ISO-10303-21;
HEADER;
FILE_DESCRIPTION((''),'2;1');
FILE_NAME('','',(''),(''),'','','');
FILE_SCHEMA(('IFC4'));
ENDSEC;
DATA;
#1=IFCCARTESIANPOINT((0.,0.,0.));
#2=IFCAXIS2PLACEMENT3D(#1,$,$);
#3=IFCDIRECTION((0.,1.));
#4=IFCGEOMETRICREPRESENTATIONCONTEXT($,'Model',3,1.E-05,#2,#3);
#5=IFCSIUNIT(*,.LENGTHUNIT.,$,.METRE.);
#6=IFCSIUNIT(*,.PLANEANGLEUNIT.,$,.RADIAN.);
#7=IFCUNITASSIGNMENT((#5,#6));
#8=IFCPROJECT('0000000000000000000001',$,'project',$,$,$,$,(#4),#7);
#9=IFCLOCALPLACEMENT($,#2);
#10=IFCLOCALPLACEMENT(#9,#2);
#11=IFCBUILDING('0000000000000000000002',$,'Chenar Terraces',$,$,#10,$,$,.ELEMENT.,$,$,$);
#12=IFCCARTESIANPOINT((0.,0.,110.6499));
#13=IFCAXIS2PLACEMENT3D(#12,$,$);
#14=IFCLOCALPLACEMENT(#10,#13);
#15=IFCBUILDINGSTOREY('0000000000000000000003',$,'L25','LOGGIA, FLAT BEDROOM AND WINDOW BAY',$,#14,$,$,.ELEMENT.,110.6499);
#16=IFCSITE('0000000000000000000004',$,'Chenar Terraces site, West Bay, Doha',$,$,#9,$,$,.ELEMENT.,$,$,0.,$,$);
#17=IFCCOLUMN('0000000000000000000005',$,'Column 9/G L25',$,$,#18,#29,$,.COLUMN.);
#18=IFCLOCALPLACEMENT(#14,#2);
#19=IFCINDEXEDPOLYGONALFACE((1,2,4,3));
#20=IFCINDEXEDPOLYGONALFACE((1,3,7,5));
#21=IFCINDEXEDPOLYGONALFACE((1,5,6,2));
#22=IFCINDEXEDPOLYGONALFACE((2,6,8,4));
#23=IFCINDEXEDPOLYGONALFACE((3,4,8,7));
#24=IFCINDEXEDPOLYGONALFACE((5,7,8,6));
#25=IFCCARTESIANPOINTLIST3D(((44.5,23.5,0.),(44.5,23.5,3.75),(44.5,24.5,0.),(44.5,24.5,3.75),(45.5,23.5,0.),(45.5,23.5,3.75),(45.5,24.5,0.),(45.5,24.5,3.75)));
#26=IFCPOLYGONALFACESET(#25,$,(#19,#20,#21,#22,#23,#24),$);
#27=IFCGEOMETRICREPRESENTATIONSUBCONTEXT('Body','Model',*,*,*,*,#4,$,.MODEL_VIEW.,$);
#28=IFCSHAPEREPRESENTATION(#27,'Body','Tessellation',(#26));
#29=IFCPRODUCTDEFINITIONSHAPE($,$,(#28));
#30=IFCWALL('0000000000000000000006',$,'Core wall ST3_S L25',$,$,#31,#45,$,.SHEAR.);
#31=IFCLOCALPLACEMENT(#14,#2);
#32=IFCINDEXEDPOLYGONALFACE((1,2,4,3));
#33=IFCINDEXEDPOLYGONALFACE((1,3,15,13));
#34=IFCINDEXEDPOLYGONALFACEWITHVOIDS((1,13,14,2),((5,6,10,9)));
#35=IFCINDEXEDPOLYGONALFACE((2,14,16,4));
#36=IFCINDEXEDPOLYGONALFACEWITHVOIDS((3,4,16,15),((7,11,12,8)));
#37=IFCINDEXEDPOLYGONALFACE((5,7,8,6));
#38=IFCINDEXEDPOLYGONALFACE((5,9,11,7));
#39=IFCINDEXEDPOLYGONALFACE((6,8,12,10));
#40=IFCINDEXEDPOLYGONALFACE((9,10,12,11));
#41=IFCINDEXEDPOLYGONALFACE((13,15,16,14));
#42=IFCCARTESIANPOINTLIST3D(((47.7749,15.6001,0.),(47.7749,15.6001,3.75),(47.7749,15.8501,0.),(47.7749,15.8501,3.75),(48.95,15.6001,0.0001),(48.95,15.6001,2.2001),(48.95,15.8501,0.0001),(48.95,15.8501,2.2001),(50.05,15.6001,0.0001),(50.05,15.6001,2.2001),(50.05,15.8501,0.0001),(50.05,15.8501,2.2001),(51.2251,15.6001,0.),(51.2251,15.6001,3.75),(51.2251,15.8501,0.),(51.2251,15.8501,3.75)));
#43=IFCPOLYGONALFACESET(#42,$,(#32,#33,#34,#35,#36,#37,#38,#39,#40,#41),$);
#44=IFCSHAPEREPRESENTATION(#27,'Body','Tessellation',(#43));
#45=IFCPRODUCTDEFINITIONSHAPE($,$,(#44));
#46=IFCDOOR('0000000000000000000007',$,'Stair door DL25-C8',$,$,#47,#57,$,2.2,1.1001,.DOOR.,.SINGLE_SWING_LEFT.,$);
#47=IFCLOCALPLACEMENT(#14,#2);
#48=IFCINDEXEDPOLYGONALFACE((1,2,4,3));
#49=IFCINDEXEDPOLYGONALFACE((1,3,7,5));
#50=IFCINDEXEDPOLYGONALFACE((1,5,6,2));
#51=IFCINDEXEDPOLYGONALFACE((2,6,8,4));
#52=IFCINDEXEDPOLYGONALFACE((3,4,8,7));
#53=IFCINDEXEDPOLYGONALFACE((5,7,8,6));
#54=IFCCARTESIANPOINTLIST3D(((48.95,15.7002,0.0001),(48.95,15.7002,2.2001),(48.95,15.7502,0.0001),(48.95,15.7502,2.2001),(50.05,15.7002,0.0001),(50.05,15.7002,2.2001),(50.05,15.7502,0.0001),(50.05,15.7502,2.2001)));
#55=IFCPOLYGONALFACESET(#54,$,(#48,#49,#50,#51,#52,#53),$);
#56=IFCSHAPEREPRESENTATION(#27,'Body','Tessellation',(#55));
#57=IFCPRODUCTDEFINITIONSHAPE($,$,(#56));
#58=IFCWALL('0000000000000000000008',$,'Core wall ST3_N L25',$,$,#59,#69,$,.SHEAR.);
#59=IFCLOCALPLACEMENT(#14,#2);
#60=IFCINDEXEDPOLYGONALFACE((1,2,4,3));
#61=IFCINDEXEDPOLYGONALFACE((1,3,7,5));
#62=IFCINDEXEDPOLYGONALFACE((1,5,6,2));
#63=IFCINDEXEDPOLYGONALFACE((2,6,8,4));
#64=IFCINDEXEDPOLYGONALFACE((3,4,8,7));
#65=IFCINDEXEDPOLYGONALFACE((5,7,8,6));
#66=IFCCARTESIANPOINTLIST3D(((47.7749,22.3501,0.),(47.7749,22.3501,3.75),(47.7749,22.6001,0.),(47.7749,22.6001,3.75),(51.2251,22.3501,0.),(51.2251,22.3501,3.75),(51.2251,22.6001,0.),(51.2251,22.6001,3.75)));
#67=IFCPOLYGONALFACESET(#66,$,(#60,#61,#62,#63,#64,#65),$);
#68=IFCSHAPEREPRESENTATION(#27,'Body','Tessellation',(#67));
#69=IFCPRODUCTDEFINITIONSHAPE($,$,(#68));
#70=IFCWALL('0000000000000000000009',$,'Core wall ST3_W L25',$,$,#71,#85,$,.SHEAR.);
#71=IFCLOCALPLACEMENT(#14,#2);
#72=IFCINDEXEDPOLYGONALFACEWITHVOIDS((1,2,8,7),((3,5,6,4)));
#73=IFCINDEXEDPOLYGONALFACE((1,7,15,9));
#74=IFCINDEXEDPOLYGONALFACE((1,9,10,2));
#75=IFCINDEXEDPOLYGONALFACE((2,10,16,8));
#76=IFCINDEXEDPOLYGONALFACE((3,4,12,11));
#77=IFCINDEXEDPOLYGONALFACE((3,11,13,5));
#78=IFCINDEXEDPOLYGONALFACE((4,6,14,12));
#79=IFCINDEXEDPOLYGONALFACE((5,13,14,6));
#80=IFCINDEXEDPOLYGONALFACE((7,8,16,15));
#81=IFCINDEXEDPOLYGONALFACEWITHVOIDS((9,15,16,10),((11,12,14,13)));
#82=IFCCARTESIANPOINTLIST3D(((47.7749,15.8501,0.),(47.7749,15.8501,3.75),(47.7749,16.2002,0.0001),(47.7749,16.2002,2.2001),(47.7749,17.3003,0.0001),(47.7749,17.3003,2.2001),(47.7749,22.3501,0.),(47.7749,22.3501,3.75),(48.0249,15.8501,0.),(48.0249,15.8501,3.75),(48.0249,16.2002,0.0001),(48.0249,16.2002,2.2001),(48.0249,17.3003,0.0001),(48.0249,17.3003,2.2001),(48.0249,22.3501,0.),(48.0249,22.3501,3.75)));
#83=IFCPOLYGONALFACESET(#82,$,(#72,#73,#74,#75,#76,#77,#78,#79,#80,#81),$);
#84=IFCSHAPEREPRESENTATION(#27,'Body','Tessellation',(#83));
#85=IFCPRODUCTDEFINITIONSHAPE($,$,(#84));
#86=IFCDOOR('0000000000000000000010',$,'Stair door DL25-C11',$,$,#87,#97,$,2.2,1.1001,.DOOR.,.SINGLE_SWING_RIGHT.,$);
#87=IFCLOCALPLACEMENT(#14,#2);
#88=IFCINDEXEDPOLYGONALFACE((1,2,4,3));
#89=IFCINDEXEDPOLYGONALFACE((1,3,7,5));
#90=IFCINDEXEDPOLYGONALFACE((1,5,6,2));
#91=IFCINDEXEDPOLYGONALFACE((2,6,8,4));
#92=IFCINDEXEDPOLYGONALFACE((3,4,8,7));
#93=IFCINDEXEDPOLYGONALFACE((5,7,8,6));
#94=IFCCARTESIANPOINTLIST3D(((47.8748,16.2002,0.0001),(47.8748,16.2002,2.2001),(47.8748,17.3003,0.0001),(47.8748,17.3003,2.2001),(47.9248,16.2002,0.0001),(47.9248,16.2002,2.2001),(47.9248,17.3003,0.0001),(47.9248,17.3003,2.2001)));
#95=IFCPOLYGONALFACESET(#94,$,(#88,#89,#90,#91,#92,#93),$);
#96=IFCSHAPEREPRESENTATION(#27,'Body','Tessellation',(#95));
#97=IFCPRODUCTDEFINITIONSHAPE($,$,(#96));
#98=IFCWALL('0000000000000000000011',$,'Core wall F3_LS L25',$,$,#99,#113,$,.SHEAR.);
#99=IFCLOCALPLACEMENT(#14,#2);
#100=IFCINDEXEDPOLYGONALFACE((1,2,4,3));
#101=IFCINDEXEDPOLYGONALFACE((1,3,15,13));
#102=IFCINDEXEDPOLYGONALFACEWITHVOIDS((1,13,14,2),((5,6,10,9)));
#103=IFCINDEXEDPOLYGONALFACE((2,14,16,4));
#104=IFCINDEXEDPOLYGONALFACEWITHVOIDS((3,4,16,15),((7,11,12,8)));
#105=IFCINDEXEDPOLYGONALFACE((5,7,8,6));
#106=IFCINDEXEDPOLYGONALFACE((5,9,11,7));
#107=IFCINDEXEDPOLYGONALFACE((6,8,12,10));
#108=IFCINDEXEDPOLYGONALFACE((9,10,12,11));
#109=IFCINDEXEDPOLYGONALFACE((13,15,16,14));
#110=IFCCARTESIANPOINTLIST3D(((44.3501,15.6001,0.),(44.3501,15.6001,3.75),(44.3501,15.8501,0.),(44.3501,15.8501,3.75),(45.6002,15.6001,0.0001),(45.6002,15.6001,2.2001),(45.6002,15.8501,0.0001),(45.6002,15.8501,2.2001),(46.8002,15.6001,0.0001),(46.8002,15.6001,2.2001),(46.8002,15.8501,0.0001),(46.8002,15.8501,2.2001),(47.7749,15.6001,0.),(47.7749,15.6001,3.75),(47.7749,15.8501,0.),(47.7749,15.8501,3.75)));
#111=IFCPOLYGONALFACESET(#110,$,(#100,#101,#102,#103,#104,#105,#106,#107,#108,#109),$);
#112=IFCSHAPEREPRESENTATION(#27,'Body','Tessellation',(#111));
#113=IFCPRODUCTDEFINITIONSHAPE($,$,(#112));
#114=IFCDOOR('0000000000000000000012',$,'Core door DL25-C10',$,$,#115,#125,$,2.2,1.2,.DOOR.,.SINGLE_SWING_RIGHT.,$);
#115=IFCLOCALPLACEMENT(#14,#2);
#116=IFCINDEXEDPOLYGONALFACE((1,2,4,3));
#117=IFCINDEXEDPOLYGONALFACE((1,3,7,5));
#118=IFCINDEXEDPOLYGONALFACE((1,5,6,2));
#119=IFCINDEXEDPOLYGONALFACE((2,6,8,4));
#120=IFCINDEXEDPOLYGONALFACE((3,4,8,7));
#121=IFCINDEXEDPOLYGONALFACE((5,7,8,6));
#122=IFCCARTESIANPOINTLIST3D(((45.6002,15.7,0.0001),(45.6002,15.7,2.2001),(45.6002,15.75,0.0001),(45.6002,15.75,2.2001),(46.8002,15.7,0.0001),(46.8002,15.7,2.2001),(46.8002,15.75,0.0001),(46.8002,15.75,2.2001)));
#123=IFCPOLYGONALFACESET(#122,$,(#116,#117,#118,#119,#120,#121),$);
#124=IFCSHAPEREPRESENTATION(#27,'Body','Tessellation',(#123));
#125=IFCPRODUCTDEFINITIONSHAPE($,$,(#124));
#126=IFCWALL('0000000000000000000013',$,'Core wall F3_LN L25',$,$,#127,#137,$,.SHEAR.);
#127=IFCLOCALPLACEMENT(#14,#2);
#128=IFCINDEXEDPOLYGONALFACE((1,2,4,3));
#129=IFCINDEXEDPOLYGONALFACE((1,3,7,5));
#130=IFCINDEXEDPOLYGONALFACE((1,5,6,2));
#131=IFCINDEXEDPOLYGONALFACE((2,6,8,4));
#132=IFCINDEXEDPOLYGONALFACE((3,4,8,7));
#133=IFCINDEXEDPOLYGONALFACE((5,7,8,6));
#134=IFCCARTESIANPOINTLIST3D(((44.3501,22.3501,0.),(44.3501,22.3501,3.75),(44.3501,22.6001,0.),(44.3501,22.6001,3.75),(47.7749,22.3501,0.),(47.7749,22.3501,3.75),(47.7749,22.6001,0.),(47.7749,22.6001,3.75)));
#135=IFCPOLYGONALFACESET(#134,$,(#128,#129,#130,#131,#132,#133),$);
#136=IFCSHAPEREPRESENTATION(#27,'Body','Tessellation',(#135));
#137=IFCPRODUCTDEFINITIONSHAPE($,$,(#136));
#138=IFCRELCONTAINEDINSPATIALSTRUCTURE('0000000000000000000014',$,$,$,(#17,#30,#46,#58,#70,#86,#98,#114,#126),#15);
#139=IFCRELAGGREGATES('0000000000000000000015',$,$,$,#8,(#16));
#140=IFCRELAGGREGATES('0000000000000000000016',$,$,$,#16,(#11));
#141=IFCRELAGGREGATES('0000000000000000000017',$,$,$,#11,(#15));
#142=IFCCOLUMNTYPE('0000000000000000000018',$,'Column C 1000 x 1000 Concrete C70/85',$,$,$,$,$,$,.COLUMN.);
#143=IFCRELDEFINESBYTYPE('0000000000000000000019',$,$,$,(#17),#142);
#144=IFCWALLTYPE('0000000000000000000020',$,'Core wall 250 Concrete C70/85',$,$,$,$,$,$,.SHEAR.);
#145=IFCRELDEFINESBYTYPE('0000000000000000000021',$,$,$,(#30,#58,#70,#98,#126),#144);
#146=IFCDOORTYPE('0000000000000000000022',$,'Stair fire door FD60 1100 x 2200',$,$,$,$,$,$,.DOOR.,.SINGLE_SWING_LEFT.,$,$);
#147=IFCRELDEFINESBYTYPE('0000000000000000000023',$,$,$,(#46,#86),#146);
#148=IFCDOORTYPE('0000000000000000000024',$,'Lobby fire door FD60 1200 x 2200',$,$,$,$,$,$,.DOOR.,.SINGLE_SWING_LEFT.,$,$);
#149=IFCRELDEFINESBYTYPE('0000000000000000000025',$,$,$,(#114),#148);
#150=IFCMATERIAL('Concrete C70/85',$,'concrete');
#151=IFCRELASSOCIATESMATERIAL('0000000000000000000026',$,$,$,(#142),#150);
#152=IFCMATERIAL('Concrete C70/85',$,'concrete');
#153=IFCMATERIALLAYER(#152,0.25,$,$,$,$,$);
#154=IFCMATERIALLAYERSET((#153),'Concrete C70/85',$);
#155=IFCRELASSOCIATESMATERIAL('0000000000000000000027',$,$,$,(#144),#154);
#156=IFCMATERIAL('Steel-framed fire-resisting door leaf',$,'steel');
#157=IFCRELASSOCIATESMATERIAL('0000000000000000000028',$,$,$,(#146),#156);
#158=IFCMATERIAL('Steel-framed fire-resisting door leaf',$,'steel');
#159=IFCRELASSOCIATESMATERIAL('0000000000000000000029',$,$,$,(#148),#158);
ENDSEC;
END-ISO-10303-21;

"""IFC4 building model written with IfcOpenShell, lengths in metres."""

from ifc_helpers import new_model, si_unit, direction, frame, frame_2d, origin, origin_2d, place, context, subcontext, project, spatial, rectangle, extrude, material, layer, layer_set, material_profile, profile_set, type_object, element, fill, save


model = new_model("IFC4")

# Units and contexts
model_context = context("Model", 3, precision=1e-05, world=origin(), true_north=direction((0.0, 1.0)))
body_context = subcontext(model_context, "Body", "Model", "MODEL_VIEW")
ifc_project = project(units=[si_unit("LENGTHUNIT", "METRE"), si_unit("PLANEANGLEUNIT", "RADIAN")], contexts=[model_context])

# Site, building, storey
site_placement = place(None, origin())
site = spatial("IfcSite", under=ifc_project, at=site_placement, Name="Chenar Terraces site, West Bay, Doha", CompositionType="ELEMENT", RefElevation=0.0)
building_placement = place(site_placement, origin())
building = spatial("IfcBuilding", under=site, at=building_placement, Name="Chenar Terraces", CompositionType="ELEMENT")
storey_placement = place(building_placement, frame((0.0, 0.0, 110.6499)))
storey = spatial("IfcBuildingStorey", under=building, at=storey_placement, Name="L25", Description="LOGGIA, FLAT BEDROOM AND WINDOW BAY", CompositionType="ELEMENT", Elevation=110.6499)

# Column
ifc_material_1 = material(Name="Concrete C70/85", Category="concrete")
ifc_material_profile = material_profile(ifc_material_1, rectangle(XDim=1.0, YDim=1.0, at=origin_2d()), Name="C 1000 x 1000")
ifc_profile_set = profile_set([ifc_material_profile], Name="Concrete C70/85")
column_type = type_object("IfcColumnType", Name="Column C 1000 x 1000 Concrete C70/85", PredefinedType="COLUMN", material=ifc_profile_set)
column_placement = place(storey_placement, frame((45.0, 24.0, 0.0), z_axis=(0.0, 0.0, 1.0), x_axis=(1.0, 0.0, 0.0)))
element("IfcColumn", 1, at=column_placement, inside=storey, type_object=column_type, Name="Column 9/G L25", PredefinedType="COLUMN", context=body_context, shape_type="SweptSolid", body=[
    extrude(rectangle(XDim=1.0, YDim=1.0, at=origin_2d()), origin(), (0.0, 0.0, 1.0), 3.75),
])

# Wall, opening, door
ifc_material_2 = material(Name="Concrete C70/85", Category="concrete")
ifc_layer_1 = layer(ifc_material_2, 0.25)
ifc_layer_set_1 = layer_set([ifc_layer_1], Name="Concrete C70/85")
wall_type_1 = type_object("IfcWallType", Name="Core wall 250 Concrete C70/85", PredefinedType="SHEAR", material=ifc_layer_set_1)
wall_1_placement = place(storey_placement, frame((47.7749, 15.7251, 0.0), z_axis=(0.0, 0.0, 1.0), x_axis=(1.0, 0.0, 0.0)))
wall_1 = element("IfcWall", 2, at=wall_1_placement, inside=storey, type_object=wall_type_1, Name="Core wall ST3_S L25", PredefinedType="SHEAR", context=body_context, shape_type="SweptSolid", body=[
    extrude(rectangle(XDim=3.4502, YDim=0.25, at=frame_2d((1.7251, 0.0))), origin(), (0.0, 0.0, 1.0), 3.75),
])
opening_1_placement = place(wall_1_placement, frame((1.175, 0.0, 0.0)))
opening_1 = element("IfcOpeningElement", 3, at=opening_1_placement, cuts=wall_1, PredefinedType="OPENING", context=body_context, shape_type="SweptSolid", body=[
    extrude(rectangle(XDim=1.1001, YDim=2.2, at=frame_2d((0.55, 1.1001))), frame((0.0, 0.135, 0.0), z_axis=(0.0, -1.0, 0.0), x_axis=(1.0, 0.0, 0.0)), (0.0, 0.0, 1.0), 0.27),
])
ifc_material_3 = material(Name="Steel-framed fire-resisting door leaf", Category="steel")
door_type_1 = type_object("IfcDoorType", Name="Stair fire door FD60 1100 x 2200", OperationType="SINGLE_SWING_LEFT", PredefinedType="DOOR", material=ifc_material_3)
door_1_placement = place(opening_1_placement, frame((1.1001, 0.0, 0.0), z_axis=(0.0, 0.0, 1.0), x_axis=(-1.0, 0.0, 0.0)))
door_1 = element("IfcDoor", 4, at=door_1_placement, inside=storey, type_object=door_type_1, Name="Stair door DL25-C8", OperationType="SINGLE_SWING_LEFT", OverallHeight=2.2, OverallWidth=1.1001, PredefinedType="DOOR", context=body_context, shape_type="SweptSolid", body=[
    extrude(rectangle(XDim=1.1001, YDim=2.2, at=frame_2d((0.55, 1.1001))), frame((0.0, 0.0249, 0.0), z_axis=(0.0, -1.0, 0.0), x_axis=(1.0, 0.0, 0.0)), (0.0, 0.0, 1.0), 0.05),
])
fill(opening_1, door_1)

# Wall
wall_2_placement = place(storey_placement, frame((47.7749, 22.4751, 0.0), z_axis=(0.0, 0.0, 1.0), x_axis=(1.0, 0.0, 0.0)))
element("IfcWall", 5, at=wall_2_placement, inside=storey, type_object=wall_type_1, Name="Core wall ST3_N L25", PredefinedType="SHEAR", context=body_context, shape_type="SweptSolid", body=[
    extrude(rectangle(XDim=3.4502, YDim=0.25, at=frame_2d((1.7251, 0.0))), origin(), (0.0, 0.0, 1.0), 3.75),
])

# Walls, openings, doors
wall_3_placement = place(storey_placement, frame((47.8999, 15.8501, 0.0), z_axis=(0.0, 0.0, 1.0), x_axis=(0.0, 1.0, 0.0)))
wall_3 = element("IfcWall", 6, at=wall_3_placement, inside=storey, type_object=wall_type_1, Name="Core wall ST3_W L25", PredefinedType="SHEAR", context=body_context, shape_type="SweptSolid", body=[
    extrude(rectangle(XDim=6.5, YDim=0.25, at=frame_2d((3.25, 0.0))), origin(), (0.0, 0.0, 1.0), 3.75),
])
opening_2_placement = place(wall_3_placement, frame((0.3501, 0.0, 0.0)))
opening_2 = element("IfcOpeningElement", 7, at=opening_2_placement, cuts=wall_3, PredefinedType="OPENING", context=body_context, shape_type="SweptSolid", body=[
    extrude(rectangle(XDim=1.1001, YDim=2.2, at=frame_2d((0.55, 1.1001))), frame((0.0, 0.135, 0.0), z_axis=(0.0, -1.0, 0.0), x_axis=(1.0, 0.0, 0.0)), (0.0, 0.0, 1.0), 0.27),
])
door_2_placement = place(opening_2_placement, frame((1.1001, 0.0, 0.0), z_axis=(0.0, 0.0, 1.0), x_axis=(-1.0, 0.0, 0.0)))
door_2 = element("IfcDoor", 8, at=door_2_placement, inside=storey, type_object=door_type_1, Name="Stair door DL25-C11", OperationType="SINGLE_SWING_RIGHT", OverallHeight=2.2, OverallWidth=1.1001, PredefinedType="DOOR", context=body_context, shape_type="SweptSolid", body=[
    extrude(rectangle(XDim=1.1001, YDim=2.2, at=frame_2d((0.55, 1.1001))), frame((0.0, 0.0249, 0.0), z_axis=(0.0, -1.0, 0.0), x_axis=(1.0, 0.0, 0.0)), (0.0, 0.0, 1.0), 0.05),
])
fill(opening_2, door_2)
wall_4_placement = place(storey_placement, frame((44.3501, 15.7251, 0.0), z_axis=(0.0, 0.0, 1.0), x_axis=(1.0, 0.0, 0.0)))
wall_4 = element("IfcWall", 9, at=wall_4_placement, inside=storey, type_object=wall_type_1, Name="Core wall F3_LS L25", PredefinedType="SHEAR", context=body_context, shape_type="SweptSolid", body=[
    extrude(rectangle(XDim=3.4248, YDim=0.25, at=frame_2d((1.7124, 0.0))), origin(), (0.0, 0.0, 1.0), 3.75),
])
opening_3_placement = place(wall_4_placement, frame((1.25, 0.0, 0.0)))
opening_3 = element("IfcOpeningElement", 10, at=opening_3_placement, cuts=wall_4, PredefinedType="OPENING", context=body_context, shape_type="SweptSolid", body=[
    extrude(rectangle(XDim=1.2, YDim=2.2, at=frame_2d((0.6001, 1.1001))), frame((0.0, 0.135, 0.0), z_axis=(0.0, -1.0, 0.0), x_axis=(1.0, 0.0, 0.0)), (0.0, 0.0, 1.0), 0.27),
])
ifc_material_4 = material(Name="Steel-framed fire-resisting door leaf", Category="steel")
door_type_2 = type_object("IfcDoorType", Name="Lobby fire door FD60 1200 x 2200", OperationType="SINGLE_SWING_LEFT", PredefinedType="DOOR", material=ifc_material_4)
door_3_placement = place(opening_3_placement, origin())
door_3 = element("IfcDoor", 11, at=door_3_placement, inside=storey, type_object=door_type_2, Name="Core door DL25-C10", OperationType="SINGLE_SWING_RIGHT", OverallHeight=2.2, OverallWidth=1.2, PredefinedType="DOOR", context=body_context, shape_type="SweptSolid", body=[
    extrude(rectangle(XDim=1.2, YDim=2.2, at=frame_2d((0.6001, 1.1001))), frame((0.0, 0.0249, 0.0), z_axis=(0.0, -1.0, 0.0), x_axis=(1.0, 0.0, 0.0)), (0.0, 0.0, 1.0), 0.05),
])
fill(opening_3, door_3)

# Wall
wall_5_placement = place(storey_placement, frame((44.3501, 22.4751, 0.0), z_axis=(0.0, 0.0, 1.0), x_axis=(1.0, 0.0, 0.0)))
element("IfcWall", 12, at=wall_5_placement, inside=storey, type_object=wall_type_1, Name="Core wall F3_LN L25", PredefinedType="SHEAR", context=body_context, shape_type="SweptSolid", body=[
    extrude(rectangle(XDim=3.4248, YDim=0.25, at=frame_2d((1.7124, 0.0))), origin(), (0.0, 0.0, 1.0), 3.75),
])

save(model, "model.ifc")
